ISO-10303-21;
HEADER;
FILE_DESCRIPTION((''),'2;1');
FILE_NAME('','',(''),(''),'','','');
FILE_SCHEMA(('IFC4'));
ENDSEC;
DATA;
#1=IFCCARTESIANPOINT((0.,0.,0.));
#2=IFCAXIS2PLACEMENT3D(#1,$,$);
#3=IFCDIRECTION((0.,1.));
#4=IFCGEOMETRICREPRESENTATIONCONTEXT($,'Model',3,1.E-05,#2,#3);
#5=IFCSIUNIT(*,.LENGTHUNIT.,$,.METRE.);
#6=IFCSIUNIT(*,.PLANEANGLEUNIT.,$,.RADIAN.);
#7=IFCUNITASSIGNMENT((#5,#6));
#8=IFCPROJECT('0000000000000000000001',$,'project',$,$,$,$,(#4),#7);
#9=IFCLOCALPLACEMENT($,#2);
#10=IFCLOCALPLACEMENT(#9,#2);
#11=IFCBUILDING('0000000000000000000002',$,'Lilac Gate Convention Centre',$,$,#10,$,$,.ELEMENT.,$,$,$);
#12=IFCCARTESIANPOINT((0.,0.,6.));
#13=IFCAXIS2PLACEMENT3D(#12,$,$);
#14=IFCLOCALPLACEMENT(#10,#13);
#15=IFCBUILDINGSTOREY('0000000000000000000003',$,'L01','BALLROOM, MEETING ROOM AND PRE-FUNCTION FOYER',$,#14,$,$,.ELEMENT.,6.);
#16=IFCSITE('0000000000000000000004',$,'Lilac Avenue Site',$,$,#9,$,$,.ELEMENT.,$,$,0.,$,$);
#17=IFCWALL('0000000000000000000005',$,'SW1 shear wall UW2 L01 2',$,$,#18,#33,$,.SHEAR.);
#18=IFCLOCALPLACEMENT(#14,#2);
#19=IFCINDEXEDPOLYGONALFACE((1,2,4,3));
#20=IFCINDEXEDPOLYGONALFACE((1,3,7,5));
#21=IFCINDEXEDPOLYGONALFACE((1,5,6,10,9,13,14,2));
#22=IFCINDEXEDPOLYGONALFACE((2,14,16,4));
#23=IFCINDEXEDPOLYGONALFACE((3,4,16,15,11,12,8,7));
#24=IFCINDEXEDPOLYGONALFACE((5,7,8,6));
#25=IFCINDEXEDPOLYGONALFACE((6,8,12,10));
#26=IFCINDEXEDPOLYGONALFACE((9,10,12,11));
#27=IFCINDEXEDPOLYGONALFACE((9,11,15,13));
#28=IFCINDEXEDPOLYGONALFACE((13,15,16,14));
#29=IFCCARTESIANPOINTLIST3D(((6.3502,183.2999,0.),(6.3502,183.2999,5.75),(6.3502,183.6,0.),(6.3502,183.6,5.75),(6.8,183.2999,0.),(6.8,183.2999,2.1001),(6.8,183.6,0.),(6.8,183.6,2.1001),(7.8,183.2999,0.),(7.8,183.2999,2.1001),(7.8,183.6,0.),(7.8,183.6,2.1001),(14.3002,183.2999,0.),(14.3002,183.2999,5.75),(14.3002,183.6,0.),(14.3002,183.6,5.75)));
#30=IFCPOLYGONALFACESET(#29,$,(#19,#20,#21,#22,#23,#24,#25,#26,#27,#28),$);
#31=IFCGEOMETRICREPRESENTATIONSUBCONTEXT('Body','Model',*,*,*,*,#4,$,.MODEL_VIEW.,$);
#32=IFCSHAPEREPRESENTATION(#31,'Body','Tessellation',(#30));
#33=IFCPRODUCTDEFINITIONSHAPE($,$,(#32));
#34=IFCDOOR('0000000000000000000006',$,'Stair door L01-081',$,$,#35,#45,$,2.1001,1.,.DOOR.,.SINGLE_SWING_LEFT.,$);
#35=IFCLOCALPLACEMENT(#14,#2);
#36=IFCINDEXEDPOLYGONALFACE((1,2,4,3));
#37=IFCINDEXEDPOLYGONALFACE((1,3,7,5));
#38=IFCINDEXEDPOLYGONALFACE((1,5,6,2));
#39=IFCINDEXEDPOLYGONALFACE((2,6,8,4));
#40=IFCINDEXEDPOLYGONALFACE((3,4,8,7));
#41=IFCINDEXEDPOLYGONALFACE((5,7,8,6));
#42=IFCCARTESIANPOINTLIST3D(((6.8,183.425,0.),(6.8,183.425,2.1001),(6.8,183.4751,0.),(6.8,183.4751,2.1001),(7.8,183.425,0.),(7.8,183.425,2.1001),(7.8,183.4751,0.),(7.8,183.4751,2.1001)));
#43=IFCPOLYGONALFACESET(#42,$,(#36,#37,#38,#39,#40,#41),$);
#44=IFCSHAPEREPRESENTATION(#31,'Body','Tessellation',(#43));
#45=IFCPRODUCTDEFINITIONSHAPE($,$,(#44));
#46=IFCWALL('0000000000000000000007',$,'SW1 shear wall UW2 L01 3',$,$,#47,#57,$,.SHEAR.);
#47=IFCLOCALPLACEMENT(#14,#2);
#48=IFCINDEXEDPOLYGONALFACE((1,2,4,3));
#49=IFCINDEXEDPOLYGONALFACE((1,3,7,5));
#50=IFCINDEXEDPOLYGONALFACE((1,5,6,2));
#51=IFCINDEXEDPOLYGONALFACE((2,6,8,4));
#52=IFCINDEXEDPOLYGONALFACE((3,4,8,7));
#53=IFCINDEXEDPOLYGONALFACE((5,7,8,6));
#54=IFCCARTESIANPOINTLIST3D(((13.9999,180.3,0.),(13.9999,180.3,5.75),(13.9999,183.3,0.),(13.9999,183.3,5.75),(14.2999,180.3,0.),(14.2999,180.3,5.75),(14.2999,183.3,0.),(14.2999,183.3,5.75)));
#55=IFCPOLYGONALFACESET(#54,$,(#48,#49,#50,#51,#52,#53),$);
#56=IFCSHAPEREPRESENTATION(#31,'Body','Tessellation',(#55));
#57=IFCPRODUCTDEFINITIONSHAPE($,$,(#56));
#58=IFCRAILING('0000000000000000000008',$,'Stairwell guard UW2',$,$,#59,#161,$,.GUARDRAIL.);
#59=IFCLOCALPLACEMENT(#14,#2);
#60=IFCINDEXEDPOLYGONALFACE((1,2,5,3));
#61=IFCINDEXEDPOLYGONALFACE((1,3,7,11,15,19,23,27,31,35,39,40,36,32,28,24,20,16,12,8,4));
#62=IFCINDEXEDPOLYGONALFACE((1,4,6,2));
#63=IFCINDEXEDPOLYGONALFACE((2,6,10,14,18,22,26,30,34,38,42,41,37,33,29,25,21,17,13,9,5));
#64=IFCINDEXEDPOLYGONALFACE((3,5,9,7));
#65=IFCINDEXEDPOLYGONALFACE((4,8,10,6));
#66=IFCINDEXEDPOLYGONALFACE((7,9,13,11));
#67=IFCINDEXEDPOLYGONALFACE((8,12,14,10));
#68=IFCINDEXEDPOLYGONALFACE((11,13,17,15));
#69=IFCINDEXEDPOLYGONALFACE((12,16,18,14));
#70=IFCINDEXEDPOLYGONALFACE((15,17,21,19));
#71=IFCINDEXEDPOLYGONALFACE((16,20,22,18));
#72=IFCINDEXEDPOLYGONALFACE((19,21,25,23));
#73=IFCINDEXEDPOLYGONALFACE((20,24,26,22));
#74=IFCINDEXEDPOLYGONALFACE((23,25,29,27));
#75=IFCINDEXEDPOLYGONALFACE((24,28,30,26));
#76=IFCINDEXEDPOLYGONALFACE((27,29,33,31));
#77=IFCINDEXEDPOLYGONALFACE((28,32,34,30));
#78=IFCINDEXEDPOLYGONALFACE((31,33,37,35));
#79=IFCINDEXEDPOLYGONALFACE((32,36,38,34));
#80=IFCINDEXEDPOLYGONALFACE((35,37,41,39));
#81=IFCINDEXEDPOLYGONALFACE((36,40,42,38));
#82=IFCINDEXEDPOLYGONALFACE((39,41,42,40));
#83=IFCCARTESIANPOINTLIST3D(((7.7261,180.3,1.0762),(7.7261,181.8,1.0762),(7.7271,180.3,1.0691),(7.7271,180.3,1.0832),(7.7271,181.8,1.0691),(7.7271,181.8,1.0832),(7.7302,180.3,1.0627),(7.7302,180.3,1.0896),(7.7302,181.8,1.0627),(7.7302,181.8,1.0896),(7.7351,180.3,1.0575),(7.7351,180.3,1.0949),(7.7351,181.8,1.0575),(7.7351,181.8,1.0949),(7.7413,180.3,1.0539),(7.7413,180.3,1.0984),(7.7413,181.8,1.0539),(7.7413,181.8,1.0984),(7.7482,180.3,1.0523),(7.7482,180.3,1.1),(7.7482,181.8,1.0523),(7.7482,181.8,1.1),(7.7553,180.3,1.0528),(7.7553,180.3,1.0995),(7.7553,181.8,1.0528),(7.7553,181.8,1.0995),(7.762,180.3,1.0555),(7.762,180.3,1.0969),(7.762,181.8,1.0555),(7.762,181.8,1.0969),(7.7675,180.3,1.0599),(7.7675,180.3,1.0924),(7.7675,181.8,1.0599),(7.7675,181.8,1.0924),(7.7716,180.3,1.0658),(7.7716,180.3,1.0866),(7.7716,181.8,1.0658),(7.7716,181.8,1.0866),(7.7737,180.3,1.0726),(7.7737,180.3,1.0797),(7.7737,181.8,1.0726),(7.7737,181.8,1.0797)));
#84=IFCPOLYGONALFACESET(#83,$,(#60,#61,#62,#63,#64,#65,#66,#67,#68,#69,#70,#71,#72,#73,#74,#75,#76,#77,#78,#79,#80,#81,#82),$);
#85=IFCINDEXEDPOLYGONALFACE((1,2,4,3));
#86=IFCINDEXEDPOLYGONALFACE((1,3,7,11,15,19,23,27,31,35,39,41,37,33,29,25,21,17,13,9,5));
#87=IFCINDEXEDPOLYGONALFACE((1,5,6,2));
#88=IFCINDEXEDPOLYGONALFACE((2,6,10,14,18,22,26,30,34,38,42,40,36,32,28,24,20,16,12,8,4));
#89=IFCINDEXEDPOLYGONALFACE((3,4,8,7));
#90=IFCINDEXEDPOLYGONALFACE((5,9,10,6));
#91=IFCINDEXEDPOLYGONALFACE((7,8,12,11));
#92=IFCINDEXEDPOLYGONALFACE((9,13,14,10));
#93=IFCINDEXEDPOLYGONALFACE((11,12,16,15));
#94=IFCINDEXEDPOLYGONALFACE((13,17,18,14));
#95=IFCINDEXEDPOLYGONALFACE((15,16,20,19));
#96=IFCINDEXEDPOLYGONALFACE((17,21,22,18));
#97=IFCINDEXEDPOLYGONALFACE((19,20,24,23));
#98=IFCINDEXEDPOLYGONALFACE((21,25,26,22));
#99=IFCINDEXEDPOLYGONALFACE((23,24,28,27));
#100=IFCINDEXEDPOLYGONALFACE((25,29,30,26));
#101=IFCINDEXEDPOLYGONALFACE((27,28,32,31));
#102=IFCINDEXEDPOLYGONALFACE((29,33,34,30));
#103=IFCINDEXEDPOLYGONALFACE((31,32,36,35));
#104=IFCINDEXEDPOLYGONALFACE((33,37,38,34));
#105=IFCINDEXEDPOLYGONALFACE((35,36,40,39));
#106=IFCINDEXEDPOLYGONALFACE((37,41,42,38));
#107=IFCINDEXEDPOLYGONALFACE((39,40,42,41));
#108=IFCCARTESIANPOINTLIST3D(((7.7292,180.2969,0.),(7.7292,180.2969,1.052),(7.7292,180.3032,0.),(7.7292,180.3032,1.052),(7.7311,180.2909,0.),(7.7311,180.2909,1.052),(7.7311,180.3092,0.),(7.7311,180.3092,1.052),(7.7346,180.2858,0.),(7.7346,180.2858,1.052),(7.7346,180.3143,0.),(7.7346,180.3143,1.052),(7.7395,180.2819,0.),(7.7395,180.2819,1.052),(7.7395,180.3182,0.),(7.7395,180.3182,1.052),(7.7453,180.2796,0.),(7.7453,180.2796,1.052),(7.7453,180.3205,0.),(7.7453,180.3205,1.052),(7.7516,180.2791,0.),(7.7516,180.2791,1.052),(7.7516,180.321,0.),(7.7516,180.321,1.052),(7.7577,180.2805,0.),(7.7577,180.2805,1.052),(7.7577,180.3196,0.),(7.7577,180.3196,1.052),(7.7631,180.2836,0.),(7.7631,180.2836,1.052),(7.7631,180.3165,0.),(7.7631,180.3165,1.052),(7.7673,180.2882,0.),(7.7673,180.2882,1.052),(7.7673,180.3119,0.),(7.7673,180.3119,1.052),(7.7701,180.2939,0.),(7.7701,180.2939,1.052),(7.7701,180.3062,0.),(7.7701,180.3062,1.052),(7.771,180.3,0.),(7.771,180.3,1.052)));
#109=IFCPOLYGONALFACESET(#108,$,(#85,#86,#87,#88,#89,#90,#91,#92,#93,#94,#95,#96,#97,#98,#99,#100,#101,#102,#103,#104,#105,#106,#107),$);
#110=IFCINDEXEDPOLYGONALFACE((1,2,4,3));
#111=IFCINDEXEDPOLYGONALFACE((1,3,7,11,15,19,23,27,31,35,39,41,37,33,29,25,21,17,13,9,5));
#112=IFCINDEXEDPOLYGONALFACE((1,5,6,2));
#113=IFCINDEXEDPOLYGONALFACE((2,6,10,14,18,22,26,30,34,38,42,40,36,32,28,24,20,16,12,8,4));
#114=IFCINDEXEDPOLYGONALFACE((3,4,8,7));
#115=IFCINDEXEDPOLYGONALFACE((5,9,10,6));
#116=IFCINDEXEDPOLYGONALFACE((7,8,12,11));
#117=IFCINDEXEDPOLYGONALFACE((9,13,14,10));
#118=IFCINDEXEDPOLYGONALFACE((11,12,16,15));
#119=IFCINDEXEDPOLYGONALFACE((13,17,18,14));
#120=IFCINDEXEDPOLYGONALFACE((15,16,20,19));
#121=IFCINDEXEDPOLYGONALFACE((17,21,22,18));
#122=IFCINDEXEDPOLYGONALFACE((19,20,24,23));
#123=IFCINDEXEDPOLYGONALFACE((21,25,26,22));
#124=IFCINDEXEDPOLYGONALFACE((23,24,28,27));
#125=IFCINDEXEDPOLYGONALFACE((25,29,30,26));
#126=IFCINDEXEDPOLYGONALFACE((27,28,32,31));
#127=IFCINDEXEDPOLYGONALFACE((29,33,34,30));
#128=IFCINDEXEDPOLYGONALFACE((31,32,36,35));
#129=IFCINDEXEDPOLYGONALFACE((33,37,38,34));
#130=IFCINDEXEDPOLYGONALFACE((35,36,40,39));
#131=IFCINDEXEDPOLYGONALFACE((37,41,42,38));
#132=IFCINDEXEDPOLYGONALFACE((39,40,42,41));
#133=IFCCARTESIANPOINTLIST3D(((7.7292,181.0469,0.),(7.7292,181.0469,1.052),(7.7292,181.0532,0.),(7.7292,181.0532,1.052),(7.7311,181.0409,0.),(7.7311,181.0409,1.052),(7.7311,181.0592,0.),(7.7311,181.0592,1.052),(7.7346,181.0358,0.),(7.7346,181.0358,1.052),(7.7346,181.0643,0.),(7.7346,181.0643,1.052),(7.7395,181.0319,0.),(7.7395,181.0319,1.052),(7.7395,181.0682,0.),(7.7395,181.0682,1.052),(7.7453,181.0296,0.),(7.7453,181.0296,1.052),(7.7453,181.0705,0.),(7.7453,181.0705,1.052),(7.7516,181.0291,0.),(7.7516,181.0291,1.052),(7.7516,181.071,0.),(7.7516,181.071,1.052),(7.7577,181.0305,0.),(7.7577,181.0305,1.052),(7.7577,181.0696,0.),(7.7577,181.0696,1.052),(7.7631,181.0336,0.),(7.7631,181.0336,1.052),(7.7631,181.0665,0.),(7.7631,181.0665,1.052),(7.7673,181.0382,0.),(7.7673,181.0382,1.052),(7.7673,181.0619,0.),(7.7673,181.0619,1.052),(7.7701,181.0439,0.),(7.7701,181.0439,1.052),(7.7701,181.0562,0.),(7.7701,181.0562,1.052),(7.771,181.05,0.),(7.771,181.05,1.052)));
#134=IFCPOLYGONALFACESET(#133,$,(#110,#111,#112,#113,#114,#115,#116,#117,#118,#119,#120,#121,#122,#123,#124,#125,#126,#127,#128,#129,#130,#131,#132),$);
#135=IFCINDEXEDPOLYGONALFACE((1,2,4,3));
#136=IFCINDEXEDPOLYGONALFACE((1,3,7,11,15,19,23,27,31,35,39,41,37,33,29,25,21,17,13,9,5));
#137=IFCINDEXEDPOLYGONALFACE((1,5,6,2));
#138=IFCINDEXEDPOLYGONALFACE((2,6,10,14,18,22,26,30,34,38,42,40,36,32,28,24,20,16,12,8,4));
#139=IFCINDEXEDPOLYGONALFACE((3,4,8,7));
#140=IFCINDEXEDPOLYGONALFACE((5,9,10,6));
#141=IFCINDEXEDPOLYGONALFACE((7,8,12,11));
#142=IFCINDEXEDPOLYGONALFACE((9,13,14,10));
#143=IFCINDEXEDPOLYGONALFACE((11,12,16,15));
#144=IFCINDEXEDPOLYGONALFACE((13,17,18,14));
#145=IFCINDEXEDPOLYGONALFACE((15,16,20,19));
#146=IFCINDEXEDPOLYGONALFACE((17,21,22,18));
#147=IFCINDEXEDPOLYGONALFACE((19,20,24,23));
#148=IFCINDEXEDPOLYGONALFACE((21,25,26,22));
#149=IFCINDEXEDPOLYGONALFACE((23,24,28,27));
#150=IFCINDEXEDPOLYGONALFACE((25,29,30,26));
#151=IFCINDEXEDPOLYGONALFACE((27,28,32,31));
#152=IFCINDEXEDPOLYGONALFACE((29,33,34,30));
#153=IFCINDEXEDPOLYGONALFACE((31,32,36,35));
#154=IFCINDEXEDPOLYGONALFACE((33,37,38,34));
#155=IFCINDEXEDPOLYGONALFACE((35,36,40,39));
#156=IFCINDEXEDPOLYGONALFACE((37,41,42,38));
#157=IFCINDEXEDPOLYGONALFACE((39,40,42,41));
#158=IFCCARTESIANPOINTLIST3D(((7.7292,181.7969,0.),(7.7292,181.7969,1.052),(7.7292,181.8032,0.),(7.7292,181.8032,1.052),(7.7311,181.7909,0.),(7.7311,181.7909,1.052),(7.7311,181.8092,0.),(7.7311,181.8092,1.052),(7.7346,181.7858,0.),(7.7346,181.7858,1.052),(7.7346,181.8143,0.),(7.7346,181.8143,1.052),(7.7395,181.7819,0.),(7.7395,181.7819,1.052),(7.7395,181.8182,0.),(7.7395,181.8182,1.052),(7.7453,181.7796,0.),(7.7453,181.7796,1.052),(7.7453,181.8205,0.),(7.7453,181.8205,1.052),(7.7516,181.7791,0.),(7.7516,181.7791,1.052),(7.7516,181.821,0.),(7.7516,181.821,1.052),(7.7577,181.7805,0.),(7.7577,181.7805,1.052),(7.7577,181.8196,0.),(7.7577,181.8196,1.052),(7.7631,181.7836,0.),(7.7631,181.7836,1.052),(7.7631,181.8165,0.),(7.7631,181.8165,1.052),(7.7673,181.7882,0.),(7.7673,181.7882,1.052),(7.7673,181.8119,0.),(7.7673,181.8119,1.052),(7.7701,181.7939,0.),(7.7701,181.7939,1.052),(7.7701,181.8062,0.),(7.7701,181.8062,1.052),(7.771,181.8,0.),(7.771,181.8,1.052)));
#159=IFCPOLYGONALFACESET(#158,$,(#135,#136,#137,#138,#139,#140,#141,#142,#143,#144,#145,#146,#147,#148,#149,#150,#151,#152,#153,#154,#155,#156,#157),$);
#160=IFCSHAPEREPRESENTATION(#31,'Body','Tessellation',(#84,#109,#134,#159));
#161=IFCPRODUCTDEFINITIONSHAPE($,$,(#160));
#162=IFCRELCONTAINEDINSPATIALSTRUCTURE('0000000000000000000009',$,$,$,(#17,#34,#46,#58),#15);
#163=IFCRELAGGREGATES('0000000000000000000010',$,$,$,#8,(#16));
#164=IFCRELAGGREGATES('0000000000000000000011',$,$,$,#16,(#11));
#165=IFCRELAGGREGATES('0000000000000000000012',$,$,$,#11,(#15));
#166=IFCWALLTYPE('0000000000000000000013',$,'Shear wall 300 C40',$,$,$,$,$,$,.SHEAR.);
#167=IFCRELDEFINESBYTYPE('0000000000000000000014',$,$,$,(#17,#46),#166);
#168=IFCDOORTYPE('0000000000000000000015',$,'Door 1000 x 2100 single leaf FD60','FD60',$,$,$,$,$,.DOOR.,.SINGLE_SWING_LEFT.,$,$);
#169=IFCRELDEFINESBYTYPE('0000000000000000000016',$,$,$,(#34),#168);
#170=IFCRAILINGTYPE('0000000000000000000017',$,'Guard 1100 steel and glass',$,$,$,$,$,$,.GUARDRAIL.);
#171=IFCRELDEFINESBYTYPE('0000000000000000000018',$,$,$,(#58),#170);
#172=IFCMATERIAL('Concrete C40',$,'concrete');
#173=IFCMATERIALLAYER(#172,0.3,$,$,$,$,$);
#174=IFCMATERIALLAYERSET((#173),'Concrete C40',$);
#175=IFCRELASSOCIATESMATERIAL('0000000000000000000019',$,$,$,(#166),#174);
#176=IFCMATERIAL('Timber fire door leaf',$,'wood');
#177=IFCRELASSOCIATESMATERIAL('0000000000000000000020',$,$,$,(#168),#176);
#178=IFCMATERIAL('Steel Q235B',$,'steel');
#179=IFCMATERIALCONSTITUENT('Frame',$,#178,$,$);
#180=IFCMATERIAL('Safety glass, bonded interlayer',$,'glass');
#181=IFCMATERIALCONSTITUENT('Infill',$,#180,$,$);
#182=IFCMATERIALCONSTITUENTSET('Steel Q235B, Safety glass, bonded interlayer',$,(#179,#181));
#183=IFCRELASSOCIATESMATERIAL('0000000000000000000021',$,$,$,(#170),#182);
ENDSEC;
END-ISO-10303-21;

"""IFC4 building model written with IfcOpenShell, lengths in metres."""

from ifc_helpers import new_model, si_unit, direction, frame, frame_2d, origin, origin_2d, place, context, subcontext, project, spatial, rectangle, circle, extrude, material, layer, layer_set, constituent, constituent_set, type_object, element, fill, save


model = new_model("IFC4")

# Units and contexts
model_context = context("Model", 3, precision=1e-05, world=origin(), true_north=direction((0.0, 1.0)))
body_context = subcontext(model_context, "Body", "Model", "MODEL_VIEW")
ifc_project = project(units=[si_unit("LENGTHUNIT", "METRE"), si_unit("PLANEANGLEUNIT", "RADIAN")], contexts=[model_context])

# Site, building, storey
site_placement = place(None, origin())
site = spatial("IfcSite", under=ifc_project, at=site_placement, Name="Lilac Avenue Site", CompositionType="ELEMENT", RefElevation=0.0)
building_placement = place(site_placement, origin())
building = spatial("IfcBuilding", under=site, at=building_placement, Name="Lilac Gate Convention Centre", CompositionType="ELEMENT")
storey_placement = place(building_placement, frame((0.0, 0.0, 6.0)))
storey = spatial("IfcBuildingStorey", under=building, at=storey_placement, Name="L01", Description="BALLROOM, MEETING ROOM AND PRE-FUNCTION FOYER", CompositionType="ELEMENT", Elevation=6.0)

# Shared definitions
ifc_material_1 = material(Name="Concrete C40", Category="concrete")

# Shared definitions
ifc_material_2 = material(Name="Steel Q235B", Category="steel")

# Shared definitions
ifc_layer_1 = layer(ifc_material_1, 0.3)
ifc_layer_set_1 = layer_set([ifc_layer_1], Name="Concrete C40")
wall_type_1 = type_object("IfcWallType", Name="Shear wall 300 C40", PredefinedType="SHEAR", material=ifc_layer_set_1)

# Wall, opening, door
wall_1_placement = place(storey_placement, frame((6.3501, 183.45, 0.0), z_axis=(0.0, 0.0, 1.0), x_axis=(1.0, 0.0, 0.0)))
wall_1 = element("IfcWall", 1, at=wall_1_placement, inside=storey, type_object=wall_type_1, Name="SW1 shear wall UW2 L01 2", PredefinedType="SHEAR", context=body_context, shape_type="SweptSolid", body=[
    extrude(rectangle(XDim=7.95, YDim=0.3, at=frame_2d((3.9751, 0.0))), origin(), (0.0, 0.0, 1.0), 5.75),
])
opening_1_placement = place(wall_1_placement, frame((0.45, 0.0, 0.0)))
opening_1 = element("IfcOpeningElement", 2, at=opening_1_placement, cuts=wall_1, PredefinedType="OPENING", context=body_context, shape_type="SweptSolid", body=[
    extrude(rectangle(XDim=1.0, YDim=2.1001, at=frame_2d((0.5, 1.05))), frame((0.0, 0.1599, 0.0), z_axis=(0.0, -1.0, 0.0), x_axis=(1.0, 0.0, 0.0)), (0.0, 0.0, 1.0), 0.3201),
])
ifc_material_3 = material(Name="Timber fire door leaf", Category="wood")
door_type_1 = type_object("IfcDoorType", Name="Door 1000 x 2100 single leaf FD60", Description="FD60", OperationType="SINGLE_SWING_LEFT", PredefinedType="DOOR", material=ifc_material_3)
door_1_placement = place(opening_1_placement, frame((1.0, 0.0, 0.0), z_axis=(0.0, 0.0, 1.0), x_axis=(-1.0, 0.0, 0.0)))
door_1 = element("IfcDoor", 3, at=door_1_placement, inside=storey, type_object=door_type_1, Name="Stair door L01-081", OperationType="SINGLE_SWING_LEFT", OverallHeight=2.1001, OverallWidth=1.0, PredefinedType="DOOR", context=body_context, shape_type="SweptSolid", body=[
    extrude(rectangle(XDim=1.0, YDim=2.1001, at=frame_2d((0.5, 1.05))), frame((0.0, 0.0249, 0.0), z_axis=(0.0, -1.0, 0.0), x_axis=(1.0, 0.0, 0.0)), (0.0, 0.0, 1.0), 0.05),
])
fill(opening_1, door_1)

# Wall
wall_2_placement = place(storey_placement, frame((14.1499, 180.3, 0.0), z_axis=(0.0, 0.0, 1.0), x_axis=(0.0, 1.0, 0.0)))
element("IfcWall", 4, at=wall_2_placement, inside=storey, type_object=wall_type_1, Name="SW1 shear wall UW2 L01 3", PredefinedType="SHEAR", context=body_context, shape_type="SweptSolid", body=[
    extrude(rectangle(XDim=3.0, YDim=0.3, at=frame_2d((1.5, 0.0))), origin(), (0.0, 0.0, 1.0), 5.75),
])

# Railing
ifc_constituent_1 = constituent(ifc_material_2, Name="Frame")
ifc_material_4 = material(Name="Safety glass, bonded interlayer", Category="glass")
ifc_constituent_2 = constituent(ifc_material_4, Name="Infill")
ifc_constituent_set = constituent_set(constituents=[ifc_constituent_1, ifc_constituent_2], Name="Steel Q235B, Safety glass, bonded interlayer")
railing_type = type_object("IfcRailingType", Name="Guard 1100 steel and glass", PredefinedType="GUARDRAIL", material=ifc_constituent_set)
railing_1_placement = place(storey_placement, frame((7.75, 180.3, 0.0)))
element("IfcRailing", 5, at=railing_1_placement, inside=storey, type_object=railing_type, Name="Stairwell guard UW2", PredefinedType="GUARDRAIL", context=body_context, shape_type="SweptSolid", body=[
    extrude(circle(Radius=0.0239, at=origin_2d()), frame((0.0, 0.0, 1.0762), z_axis=(0.0, 1.0, 0.0), x_axis=(-1.0, 0.0, 0.0)), (0.0, 0.0, 1.0), 1.5),
    extrude(circle(Radius=0.021, at=origin_2d()), origin(), (0.0, 0.0, 1.0), 1.052),
    extrude(circle(Radius=0.021, at=origin_2d()), frame((0.0, 0.75, 0.0)), (0.0, 0.0, 1.0), 1.052),
    extrude(circle(Radius=0.021, at=origin_2d()), frame((0.0, 1.5, 0.0)), (0.0, 0.0, 1.0), 1.052),
])

save(model, "model.ifc")
